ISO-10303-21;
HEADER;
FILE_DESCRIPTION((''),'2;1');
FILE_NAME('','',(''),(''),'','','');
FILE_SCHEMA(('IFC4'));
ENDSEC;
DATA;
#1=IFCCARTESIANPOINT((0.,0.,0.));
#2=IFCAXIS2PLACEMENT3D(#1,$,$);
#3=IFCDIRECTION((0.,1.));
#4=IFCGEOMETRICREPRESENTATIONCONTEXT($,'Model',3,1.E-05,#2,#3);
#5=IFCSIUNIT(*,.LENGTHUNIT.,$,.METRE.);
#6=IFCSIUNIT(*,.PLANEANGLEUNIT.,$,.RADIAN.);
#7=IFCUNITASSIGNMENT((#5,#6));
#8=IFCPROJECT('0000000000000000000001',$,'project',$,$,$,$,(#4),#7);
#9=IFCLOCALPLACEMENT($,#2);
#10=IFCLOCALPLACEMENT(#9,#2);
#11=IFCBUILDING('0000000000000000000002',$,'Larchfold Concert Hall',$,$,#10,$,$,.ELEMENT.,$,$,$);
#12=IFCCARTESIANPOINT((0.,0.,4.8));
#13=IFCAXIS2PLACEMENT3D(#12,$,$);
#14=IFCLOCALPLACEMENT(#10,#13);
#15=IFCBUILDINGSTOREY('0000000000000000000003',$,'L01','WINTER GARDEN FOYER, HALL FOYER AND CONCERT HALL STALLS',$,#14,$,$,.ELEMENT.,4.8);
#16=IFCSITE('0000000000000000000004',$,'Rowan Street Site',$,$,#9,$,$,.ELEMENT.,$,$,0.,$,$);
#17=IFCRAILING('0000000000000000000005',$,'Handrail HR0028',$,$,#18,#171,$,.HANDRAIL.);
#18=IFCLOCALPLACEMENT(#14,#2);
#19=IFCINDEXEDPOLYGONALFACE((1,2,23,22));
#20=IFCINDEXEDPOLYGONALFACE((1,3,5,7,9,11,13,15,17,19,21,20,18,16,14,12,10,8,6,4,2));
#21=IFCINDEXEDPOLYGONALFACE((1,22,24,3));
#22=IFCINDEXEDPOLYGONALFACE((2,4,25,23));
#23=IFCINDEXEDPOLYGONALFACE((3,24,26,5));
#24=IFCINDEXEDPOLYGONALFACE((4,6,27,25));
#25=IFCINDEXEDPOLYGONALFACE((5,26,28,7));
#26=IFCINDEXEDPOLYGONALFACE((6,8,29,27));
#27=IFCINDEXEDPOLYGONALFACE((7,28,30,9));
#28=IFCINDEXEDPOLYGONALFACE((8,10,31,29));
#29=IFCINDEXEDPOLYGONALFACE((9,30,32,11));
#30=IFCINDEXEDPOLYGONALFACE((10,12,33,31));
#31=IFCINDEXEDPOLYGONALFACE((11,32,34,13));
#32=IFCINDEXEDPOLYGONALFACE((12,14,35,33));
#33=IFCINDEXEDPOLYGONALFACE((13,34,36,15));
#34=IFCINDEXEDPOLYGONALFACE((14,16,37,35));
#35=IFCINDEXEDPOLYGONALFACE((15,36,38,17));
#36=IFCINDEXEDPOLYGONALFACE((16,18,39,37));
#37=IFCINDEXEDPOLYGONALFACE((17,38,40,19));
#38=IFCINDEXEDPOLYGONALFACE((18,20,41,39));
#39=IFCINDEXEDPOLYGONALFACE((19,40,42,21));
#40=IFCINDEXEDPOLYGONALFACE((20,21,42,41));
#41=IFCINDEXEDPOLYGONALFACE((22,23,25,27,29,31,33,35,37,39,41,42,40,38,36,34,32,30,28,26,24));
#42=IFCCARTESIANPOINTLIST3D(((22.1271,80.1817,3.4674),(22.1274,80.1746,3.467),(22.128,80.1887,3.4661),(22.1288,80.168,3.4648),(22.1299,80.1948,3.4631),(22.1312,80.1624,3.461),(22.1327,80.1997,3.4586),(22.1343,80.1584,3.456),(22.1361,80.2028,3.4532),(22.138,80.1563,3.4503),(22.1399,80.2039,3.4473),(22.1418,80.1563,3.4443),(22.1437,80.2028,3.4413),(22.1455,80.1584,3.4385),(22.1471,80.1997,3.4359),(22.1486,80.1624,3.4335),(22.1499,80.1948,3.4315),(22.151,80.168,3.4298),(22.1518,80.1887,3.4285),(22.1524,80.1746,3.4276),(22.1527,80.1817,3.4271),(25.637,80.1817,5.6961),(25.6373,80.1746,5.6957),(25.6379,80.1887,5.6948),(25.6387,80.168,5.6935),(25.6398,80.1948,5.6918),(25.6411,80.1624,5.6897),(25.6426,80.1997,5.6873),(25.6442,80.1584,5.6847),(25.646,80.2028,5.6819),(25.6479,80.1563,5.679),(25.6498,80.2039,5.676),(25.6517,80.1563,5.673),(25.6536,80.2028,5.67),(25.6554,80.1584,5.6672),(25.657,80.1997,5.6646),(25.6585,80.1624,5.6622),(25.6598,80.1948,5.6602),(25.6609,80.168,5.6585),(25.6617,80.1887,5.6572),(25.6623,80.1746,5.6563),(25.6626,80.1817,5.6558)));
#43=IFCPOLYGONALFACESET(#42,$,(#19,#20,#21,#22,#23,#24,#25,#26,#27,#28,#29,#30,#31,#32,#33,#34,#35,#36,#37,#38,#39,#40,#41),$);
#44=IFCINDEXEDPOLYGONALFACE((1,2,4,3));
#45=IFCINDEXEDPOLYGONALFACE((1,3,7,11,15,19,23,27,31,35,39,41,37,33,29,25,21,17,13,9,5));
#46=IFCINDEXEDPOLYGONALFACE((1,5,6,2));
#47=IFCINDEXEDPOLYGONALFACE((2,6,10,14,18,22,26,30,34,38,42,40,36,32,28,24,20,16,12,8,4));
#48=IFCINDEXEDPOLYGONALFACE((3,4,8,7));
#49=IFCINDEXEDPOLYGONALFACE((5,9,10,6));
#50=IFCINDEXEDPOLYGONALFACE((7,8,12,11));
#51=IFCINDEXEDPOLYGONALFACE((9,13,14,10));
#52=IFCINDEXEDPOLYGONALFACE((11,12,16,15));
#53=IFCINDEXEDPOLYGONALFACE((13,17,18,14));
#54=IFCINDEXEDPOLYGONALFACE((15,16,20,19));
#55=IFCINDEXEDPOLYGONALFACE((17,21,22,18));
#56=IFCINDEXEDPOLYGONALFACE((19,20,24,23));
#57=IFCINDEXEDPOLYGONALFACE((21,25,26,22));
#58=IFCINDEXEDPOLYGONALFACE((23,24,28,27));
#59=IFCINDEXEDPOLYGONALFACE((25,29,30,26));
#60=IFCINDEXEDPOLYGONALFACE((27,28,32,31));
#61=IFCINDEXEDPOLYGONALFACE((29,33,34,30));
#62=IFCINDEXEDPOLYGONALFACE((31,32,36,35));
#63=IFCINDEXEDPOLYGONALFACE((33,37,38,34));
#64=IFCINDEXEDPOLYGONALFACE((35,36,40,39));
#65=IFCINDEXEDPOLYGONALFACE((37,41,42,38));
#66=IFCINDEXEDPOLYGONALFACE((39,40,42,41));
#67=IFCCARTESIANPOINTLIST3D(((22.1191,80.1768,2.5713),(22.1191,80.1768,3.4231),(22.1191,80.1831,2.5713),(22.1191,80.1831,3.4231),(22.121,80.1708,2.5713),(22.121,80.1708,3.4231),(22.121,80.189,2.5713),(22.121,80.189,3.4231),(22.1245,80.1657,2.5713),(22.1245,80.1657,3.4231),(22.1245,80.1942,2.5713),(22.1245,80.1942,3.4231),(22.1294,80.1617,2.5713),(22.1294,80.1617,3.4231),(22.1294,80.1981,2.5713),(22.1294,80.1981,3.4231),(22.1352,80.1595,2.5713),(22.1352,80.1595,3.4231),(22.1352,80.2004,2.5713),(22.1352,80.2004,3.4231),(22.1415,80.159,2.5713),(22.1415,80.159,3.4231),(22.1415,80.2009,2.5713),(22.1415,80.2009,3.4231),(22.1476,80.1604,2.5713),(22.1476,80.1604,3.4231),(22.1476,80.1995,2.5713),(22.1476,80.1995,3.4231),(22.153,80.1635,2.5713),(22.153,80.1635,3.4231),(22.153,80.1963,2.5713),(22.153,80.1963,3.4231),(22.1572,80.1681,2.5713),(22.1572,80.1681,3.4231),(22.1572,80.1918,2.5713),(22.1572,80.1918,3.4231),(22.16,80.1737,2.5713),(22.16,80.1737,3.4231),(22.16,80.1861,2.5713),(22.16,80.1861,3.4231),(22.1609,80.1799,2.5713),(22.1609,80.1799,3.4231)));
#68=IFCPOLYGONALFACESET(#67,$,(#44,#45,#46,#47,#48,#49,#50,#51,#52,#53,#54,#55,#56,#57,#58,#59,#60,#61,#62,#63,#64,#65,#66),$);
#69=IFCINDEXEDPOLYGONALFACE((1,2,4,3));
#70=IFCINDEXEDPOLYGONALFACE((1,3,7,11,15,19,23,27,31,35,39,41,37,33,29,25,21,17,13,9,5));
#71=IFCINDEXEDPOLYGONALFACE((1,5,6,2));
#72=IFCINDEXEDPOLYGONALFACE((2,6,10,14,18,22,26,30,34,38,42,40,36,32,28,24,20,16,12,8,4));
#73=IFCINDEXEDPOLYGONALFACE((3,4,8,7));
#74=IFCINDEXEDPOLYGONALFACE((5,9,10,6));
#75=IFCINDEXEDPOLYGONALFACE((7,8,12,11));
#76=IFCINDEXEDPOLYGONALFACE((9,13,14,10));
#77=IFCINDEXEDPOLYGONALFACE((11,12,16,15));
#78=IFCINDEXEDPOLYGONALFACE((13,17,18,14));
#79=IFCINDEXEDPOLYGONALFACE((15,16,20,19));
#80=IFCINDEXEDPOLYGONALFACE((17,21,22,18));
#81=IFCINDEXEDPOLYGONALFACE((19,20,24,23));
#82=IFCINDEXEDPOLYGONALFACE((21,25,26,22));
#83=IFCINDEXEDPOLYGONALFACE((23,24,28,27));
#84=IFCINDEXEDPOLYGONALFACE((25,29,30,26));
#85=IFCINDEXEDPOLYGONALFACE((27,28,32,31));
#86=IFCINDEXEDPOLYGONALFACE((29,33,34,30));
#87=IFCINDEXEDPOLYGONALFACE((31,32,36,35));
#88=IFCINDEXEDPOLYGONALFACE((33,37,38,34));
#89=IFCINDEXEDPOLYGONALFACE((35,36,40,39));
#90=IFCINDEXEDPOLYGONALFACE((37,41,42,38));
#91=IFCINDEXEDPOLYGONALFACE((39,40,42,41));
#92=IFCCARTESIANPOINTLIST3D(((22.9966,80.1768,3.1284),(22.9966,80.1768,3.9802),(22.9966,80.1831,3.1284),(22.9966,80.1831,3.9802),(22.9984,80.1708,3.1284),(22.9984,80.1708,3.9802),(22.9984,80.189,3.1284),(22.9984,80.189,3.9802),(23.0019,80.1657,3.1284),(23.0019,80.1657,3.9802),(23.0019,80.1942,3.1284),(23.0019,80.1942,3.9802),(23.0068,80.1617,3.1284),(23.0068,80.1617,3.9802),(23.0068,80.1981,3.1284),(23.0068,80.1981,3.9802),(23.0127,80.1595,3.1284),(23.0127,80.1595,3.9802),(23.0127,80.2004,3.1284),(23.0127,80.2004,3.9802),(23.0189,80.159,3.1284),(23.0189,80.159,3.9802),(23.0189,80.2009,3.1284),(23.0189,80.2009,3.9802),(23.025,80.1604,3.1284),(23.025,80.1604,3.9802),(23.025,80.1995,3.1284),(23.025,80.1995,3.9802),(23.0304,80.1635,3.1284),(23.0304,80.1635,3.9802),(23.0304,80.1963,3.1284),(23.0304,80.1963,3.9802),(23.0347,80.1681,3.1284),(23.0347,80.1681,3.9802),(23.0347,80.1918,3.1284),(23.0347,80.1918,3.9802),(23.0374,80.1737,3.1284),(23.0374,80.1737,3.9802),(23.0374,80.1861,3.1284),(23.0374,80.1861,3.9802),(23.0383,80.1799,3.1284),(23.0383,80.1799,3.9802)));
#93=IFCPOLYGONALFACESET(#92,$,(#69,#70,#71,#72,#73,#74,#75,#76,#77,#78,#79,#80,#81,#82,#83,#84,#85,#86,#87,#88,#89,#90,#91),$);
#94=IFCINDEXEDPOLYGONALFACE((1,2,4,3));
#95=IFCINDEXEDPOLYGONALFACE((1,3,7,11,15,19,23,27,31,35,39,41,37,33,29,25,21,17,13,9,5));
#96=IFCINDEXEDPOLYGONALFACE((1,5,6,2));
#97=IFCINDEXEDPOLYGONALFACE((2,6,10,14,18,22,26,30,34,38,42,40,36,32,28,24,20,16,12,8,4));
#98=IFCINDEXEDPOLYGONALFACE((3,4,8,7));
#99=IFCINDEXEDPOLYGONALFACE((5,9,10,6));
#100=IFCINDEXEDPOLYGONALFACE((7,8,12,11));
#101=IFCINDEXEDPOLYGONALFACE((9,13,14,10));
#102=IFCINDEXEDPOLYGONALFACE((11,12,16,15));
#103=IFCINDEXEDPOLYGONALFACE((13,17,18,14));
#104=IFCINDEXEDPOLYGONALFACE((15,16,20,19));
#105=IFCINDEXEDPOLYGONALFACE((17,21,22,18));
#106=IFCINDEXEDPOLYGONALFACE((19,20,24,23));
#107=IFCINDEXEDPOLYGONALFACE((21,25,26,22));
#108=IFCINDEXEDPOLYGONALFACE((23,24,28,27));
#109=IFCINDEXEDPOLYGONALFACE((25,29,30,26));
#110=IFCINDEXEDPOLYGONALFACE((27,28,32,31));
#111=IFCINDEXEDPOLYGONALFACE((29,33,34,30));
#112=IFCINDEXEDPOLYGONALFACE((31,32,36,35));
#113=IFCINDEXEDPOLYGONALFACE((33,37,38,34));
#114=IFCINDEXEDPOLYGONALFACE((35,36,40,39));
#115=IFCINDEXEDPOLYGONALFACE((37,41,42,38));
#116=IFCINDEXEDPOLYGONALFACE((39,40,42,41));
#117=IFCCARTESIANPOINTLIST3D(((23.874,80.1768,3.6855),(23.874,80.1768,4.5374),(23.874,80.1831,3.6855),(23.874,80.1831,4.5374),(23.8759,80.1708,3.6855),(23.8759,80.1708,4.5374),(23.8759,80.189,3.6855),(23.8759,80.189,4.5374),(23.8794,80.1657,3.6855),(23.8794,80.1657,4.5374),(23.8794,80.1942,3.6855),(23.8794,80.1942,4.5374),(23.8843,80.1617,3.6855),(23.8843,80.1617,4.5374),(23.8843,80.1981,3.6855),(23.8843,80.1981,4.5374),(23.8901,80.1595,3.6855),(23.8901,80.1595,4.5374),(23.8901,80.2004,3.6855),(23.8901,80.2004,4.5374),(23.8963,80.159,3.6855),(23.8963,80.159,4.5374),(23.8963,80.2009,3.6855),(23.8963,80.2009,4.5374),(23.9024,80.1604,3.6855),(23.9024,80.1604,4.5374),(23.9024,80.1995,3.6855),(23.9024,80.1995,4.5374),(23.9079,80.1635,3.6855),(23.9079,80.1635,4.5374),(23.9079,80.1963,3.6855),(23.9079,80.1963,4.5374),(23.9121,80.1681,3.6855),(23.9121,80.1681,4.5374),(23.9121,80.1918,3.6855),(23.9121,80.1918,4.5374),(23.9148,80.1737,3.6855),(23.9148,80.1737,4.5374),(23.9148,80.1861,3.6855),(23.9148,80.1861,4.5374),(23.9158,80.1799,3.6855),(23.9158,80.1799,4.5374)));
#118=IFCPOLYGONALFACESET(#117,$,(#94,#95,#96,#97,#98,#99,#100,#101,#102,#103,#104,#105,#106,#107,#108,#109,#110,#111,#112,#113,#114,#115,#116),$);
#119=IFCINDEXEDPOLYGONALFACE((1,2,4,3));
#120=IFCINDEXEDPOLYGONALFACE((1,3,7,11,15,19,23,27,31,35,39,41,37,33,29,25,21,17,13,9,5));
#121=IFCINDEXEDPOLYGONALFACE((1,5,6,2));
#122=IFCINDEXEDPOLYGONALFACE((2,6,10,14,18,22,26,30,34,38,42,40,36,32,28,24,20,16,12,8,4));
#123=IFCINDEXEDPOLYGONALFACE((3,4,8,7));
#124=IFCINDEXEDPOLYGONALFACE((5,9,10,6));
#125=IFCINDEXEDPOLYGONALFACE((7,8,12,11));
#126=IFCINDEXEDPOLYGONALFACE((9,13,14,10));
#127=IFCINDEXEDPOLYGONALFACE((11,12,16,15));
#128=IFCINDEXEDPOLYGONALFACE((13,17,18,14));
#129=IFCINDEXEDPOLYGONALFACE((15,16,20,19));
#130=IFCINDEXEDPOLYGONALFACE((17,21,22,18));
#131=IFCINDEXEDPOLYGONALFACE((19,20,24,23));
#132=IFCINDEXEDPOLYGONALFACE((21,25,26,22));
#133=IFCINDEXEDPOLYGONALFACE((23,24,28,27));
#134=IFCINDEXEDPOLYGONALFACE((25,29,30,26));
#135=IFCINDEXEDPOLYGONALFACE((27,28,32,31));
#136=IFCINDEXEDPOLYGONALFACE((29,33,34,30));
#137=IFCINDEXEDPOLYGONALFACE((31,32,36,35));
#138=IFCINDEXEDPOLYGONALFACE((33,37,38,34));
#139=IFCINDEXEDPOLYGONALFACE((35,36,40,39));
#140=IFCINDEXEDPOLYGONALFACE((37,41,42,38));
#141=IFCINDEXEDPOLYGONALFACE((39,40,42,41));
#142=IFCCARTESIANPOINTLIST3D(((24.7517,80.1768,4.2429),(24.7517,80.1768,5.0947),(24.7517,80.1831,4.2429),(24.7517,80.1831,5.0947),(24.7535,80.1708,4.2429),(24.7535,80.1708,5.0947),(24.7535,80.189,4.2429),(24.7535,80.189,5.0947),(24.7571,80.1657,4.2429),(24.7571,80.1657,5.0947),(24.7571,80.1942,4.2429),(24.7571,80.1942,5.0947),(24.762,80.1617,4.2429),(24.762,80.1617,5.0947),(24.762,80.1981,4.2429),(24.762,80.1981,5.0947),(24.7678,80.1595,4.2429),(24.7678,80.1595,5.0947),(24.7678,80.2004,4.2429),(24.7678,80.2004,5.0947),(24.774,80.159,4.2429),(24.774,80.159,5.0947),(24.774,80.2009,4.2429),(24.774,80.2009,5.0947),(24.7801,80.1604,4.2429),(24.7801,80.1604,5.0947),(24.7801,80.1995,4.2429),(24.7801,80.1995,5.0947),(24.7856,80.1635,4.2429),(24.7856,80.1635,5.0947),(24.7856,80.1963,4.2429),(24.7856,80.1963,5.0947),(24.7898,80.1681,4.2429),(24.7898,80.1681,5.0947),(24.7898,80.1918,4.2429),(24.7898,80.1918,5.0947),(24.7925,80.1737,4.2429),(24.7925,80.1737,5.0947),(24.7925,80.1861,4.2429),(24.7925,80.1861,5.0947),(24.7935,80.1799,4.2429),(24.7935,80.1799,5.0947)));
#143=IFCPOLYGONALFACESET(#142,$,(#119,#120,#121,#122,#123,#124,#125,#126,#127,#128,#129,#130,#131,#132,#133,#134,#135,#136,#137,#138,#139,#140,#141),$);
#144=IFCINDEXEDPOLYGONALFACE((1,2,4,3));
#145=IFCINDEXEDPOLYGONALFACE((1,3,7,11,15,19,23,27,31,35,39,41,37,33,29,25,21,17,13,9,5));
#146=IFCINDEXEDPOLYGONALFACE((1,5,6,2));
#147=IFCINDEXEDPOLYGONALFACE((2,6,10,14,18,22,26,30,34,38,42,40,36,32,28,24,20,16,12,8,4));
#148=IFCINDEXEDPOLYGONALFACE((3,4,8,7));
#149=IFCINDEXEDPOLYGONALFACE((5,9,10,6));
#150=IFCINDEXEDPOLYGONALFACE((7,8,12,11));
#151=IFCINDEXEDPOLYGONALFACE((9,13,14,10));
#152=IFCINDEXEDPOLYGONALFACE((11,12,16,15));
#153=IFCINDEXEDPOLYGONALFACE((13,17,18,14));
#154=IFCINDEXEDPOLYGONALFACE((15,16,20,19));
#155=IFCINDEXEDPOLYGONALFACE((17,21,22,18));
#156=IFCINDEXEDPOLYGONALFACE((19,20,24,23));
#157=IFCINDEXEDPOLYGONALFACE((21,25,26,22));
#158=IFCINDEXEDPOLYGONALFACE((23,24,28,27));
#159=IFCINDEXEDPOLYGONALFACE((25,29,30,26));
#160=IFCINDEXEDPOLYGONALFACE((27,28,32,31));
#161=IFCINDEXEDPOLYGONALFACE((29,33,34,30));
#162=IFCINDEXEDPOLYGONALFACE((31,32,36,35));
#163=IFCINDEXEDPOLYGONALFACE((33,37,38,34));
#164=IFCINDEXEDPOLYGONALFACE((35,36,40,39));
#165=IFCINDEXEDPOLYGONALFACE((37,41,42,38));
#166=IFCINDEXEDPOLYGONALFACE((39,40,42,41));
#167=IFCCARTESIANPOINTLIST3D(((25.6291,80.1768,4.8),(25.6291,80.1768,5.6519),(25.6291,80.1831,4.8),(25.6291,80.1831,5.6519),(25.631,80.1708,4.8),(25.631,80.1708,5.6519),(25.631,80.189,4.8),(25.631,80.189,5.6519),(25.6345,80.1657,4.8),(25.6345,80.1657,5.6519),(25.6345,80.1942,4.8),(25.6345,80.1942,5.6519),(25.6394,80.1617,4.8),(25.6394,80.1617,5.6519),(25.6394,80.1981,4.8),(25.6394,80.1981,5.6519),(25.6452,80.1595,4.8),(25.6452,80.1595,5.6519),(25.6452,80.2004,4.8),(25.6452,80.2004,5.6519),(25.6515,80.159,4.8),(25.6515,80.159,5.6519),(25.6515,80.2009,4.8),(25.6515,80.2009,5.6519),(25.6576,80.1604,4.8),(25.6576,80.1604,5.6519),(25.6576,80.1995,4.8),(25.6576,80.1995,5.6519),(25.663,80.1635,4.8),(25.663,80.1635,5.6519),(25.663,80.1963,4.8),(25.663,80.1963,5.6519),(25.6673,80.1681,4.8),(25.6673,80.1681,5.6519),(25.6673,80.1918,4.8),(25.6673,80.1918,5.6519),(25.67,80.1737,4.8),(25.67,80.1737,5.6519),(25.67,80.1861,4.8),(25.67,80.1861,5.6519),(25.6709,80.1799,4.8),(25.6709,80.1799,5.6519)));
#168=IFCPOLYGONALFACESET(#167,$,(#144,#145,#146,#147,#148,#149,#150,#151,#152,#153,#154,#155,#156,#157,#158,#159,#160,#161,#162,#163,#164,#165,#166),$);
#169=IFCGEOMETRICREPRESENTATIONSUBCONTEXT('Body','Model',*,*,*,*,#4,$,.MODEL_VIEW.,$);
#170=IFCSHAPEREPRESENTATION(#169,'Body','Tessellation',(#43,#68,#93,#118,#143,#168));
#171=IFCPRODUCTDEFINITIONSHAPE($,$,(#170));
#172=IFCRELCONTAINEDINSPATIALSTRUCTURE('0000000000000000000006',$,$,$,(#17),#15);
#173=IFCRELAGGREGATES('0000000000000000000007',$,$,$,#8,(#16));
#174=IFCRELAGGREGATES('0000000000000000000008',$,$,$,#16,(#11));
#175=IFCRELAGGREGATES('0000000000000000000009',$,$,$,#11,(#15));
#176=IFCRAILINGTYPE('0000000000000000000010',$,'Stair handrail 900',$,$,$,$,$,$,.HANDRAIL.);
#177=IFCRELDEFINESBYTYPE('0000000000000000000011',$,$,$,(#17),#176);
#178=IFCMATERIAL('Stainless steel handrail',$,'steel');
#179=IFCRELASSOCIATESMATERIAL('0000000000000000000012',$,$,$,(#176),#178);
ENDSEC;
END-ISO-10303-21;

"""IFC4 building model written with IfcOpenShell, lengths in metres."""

from ifc_helpers import new_model, si_unit, direction, frame, origin, origin_2d, place, context, subcontext, project, spatial, circle, extrude, material, type_object, element, save


model = new_model("IFC4")

# Units and contexts
model_context = context("Model", 3, precision=1e-05, world=origin(), true_north=direction((0.0, 1.0)))
body_context = subcontext(model_context, "Body", "Model", "MODEL_VIEW")
ifc_project = project(units=[si_unit("LENGTHUNIT", "METRE"), si_unit("PLANEANGLEUNIT", "RADIAN")], contexts=[model_context])

# Site, building, storey
site_placement = place(None, origin())
site = spatial("IfcSite", under=ifc_project, at=site_placement, Name="Rowan Street Site", CompositionType="ELEMENT", RefElevation=0.0)
building_placement = place(site_placement, origin())
building = spatial("IfcBuilding", under=site, at=building_placement, Name="Larchfold Concert Hall", CompositionType="ELEMENT")
storey_placement = place(building_placement, frame((0.0, 0.0, 4.8)))
storey = spatial("IfcBuildingStorey", under=building, at=storey_placement, Name="L01", Description="WINTER GARDEN FOYER, HALL FOYER AND CONCERT HALL STALLS", CompositionType="ELEMENT", Elevation=4.8)

# Railing
ifc_material_1 = material(Name="Stainless steel handrail", Category="steel")
railing_type_1 = type_object("IfcRailingType", Name="Stair handrail 900", PredefinedType="HANDRAIL", material=ifc_material_1)
for number, where, name in (
    (1, (22.1399, 80.1799, 2.5713), "Handrail HR0028"),
):
    element("IfcRailing", number, at=place(storey_placement, frame(where)), inside=storey, type_object=railing_type_1, Name=name, PredefinedType="HANDRAIL", context=body_context, shape_type="SweptSolid", body=[
        extrude(circle(Radius=0.0239, at=origin_2d()), frame((0.0, 0.0, 0.876), z_axis=(0.844193, 0.0, 0.536039), x_axis=(0.0, 1.0, 0.0)), (0.0, 0.0, 1.0), 4.1577),
        extrude(circle(Radius=0.021, at=origin_2d()), origin(), (0.0, 0.0, 1.0), 0.8518),
        extrude(circle(Radius=0.021, at=origin_2d()), frame((0.8774, 0.0, 0.5571)), (0.0, 0.0, 1.0), 0.8518),
        extrude(circle(Radius=0.021, at=origin_2d()), frame((1.7549, 0.0, 1.1143)), (0.0, 0.0, 1.0), 0.8518),
        extrude(circle(Radius=0.021, at=origin_2d()), frame((2.6326, 0.0, 1.6716)), (0.0, 0.0, 1.0), 0.8518),
        extrude(circle(Radius=0.021, at=origin_2d()), frame((3.51, 0.0, 2.2288)), (0.0, 0.0, 1.0), 0.8518),
    ])

save(model, "model.ifc")
